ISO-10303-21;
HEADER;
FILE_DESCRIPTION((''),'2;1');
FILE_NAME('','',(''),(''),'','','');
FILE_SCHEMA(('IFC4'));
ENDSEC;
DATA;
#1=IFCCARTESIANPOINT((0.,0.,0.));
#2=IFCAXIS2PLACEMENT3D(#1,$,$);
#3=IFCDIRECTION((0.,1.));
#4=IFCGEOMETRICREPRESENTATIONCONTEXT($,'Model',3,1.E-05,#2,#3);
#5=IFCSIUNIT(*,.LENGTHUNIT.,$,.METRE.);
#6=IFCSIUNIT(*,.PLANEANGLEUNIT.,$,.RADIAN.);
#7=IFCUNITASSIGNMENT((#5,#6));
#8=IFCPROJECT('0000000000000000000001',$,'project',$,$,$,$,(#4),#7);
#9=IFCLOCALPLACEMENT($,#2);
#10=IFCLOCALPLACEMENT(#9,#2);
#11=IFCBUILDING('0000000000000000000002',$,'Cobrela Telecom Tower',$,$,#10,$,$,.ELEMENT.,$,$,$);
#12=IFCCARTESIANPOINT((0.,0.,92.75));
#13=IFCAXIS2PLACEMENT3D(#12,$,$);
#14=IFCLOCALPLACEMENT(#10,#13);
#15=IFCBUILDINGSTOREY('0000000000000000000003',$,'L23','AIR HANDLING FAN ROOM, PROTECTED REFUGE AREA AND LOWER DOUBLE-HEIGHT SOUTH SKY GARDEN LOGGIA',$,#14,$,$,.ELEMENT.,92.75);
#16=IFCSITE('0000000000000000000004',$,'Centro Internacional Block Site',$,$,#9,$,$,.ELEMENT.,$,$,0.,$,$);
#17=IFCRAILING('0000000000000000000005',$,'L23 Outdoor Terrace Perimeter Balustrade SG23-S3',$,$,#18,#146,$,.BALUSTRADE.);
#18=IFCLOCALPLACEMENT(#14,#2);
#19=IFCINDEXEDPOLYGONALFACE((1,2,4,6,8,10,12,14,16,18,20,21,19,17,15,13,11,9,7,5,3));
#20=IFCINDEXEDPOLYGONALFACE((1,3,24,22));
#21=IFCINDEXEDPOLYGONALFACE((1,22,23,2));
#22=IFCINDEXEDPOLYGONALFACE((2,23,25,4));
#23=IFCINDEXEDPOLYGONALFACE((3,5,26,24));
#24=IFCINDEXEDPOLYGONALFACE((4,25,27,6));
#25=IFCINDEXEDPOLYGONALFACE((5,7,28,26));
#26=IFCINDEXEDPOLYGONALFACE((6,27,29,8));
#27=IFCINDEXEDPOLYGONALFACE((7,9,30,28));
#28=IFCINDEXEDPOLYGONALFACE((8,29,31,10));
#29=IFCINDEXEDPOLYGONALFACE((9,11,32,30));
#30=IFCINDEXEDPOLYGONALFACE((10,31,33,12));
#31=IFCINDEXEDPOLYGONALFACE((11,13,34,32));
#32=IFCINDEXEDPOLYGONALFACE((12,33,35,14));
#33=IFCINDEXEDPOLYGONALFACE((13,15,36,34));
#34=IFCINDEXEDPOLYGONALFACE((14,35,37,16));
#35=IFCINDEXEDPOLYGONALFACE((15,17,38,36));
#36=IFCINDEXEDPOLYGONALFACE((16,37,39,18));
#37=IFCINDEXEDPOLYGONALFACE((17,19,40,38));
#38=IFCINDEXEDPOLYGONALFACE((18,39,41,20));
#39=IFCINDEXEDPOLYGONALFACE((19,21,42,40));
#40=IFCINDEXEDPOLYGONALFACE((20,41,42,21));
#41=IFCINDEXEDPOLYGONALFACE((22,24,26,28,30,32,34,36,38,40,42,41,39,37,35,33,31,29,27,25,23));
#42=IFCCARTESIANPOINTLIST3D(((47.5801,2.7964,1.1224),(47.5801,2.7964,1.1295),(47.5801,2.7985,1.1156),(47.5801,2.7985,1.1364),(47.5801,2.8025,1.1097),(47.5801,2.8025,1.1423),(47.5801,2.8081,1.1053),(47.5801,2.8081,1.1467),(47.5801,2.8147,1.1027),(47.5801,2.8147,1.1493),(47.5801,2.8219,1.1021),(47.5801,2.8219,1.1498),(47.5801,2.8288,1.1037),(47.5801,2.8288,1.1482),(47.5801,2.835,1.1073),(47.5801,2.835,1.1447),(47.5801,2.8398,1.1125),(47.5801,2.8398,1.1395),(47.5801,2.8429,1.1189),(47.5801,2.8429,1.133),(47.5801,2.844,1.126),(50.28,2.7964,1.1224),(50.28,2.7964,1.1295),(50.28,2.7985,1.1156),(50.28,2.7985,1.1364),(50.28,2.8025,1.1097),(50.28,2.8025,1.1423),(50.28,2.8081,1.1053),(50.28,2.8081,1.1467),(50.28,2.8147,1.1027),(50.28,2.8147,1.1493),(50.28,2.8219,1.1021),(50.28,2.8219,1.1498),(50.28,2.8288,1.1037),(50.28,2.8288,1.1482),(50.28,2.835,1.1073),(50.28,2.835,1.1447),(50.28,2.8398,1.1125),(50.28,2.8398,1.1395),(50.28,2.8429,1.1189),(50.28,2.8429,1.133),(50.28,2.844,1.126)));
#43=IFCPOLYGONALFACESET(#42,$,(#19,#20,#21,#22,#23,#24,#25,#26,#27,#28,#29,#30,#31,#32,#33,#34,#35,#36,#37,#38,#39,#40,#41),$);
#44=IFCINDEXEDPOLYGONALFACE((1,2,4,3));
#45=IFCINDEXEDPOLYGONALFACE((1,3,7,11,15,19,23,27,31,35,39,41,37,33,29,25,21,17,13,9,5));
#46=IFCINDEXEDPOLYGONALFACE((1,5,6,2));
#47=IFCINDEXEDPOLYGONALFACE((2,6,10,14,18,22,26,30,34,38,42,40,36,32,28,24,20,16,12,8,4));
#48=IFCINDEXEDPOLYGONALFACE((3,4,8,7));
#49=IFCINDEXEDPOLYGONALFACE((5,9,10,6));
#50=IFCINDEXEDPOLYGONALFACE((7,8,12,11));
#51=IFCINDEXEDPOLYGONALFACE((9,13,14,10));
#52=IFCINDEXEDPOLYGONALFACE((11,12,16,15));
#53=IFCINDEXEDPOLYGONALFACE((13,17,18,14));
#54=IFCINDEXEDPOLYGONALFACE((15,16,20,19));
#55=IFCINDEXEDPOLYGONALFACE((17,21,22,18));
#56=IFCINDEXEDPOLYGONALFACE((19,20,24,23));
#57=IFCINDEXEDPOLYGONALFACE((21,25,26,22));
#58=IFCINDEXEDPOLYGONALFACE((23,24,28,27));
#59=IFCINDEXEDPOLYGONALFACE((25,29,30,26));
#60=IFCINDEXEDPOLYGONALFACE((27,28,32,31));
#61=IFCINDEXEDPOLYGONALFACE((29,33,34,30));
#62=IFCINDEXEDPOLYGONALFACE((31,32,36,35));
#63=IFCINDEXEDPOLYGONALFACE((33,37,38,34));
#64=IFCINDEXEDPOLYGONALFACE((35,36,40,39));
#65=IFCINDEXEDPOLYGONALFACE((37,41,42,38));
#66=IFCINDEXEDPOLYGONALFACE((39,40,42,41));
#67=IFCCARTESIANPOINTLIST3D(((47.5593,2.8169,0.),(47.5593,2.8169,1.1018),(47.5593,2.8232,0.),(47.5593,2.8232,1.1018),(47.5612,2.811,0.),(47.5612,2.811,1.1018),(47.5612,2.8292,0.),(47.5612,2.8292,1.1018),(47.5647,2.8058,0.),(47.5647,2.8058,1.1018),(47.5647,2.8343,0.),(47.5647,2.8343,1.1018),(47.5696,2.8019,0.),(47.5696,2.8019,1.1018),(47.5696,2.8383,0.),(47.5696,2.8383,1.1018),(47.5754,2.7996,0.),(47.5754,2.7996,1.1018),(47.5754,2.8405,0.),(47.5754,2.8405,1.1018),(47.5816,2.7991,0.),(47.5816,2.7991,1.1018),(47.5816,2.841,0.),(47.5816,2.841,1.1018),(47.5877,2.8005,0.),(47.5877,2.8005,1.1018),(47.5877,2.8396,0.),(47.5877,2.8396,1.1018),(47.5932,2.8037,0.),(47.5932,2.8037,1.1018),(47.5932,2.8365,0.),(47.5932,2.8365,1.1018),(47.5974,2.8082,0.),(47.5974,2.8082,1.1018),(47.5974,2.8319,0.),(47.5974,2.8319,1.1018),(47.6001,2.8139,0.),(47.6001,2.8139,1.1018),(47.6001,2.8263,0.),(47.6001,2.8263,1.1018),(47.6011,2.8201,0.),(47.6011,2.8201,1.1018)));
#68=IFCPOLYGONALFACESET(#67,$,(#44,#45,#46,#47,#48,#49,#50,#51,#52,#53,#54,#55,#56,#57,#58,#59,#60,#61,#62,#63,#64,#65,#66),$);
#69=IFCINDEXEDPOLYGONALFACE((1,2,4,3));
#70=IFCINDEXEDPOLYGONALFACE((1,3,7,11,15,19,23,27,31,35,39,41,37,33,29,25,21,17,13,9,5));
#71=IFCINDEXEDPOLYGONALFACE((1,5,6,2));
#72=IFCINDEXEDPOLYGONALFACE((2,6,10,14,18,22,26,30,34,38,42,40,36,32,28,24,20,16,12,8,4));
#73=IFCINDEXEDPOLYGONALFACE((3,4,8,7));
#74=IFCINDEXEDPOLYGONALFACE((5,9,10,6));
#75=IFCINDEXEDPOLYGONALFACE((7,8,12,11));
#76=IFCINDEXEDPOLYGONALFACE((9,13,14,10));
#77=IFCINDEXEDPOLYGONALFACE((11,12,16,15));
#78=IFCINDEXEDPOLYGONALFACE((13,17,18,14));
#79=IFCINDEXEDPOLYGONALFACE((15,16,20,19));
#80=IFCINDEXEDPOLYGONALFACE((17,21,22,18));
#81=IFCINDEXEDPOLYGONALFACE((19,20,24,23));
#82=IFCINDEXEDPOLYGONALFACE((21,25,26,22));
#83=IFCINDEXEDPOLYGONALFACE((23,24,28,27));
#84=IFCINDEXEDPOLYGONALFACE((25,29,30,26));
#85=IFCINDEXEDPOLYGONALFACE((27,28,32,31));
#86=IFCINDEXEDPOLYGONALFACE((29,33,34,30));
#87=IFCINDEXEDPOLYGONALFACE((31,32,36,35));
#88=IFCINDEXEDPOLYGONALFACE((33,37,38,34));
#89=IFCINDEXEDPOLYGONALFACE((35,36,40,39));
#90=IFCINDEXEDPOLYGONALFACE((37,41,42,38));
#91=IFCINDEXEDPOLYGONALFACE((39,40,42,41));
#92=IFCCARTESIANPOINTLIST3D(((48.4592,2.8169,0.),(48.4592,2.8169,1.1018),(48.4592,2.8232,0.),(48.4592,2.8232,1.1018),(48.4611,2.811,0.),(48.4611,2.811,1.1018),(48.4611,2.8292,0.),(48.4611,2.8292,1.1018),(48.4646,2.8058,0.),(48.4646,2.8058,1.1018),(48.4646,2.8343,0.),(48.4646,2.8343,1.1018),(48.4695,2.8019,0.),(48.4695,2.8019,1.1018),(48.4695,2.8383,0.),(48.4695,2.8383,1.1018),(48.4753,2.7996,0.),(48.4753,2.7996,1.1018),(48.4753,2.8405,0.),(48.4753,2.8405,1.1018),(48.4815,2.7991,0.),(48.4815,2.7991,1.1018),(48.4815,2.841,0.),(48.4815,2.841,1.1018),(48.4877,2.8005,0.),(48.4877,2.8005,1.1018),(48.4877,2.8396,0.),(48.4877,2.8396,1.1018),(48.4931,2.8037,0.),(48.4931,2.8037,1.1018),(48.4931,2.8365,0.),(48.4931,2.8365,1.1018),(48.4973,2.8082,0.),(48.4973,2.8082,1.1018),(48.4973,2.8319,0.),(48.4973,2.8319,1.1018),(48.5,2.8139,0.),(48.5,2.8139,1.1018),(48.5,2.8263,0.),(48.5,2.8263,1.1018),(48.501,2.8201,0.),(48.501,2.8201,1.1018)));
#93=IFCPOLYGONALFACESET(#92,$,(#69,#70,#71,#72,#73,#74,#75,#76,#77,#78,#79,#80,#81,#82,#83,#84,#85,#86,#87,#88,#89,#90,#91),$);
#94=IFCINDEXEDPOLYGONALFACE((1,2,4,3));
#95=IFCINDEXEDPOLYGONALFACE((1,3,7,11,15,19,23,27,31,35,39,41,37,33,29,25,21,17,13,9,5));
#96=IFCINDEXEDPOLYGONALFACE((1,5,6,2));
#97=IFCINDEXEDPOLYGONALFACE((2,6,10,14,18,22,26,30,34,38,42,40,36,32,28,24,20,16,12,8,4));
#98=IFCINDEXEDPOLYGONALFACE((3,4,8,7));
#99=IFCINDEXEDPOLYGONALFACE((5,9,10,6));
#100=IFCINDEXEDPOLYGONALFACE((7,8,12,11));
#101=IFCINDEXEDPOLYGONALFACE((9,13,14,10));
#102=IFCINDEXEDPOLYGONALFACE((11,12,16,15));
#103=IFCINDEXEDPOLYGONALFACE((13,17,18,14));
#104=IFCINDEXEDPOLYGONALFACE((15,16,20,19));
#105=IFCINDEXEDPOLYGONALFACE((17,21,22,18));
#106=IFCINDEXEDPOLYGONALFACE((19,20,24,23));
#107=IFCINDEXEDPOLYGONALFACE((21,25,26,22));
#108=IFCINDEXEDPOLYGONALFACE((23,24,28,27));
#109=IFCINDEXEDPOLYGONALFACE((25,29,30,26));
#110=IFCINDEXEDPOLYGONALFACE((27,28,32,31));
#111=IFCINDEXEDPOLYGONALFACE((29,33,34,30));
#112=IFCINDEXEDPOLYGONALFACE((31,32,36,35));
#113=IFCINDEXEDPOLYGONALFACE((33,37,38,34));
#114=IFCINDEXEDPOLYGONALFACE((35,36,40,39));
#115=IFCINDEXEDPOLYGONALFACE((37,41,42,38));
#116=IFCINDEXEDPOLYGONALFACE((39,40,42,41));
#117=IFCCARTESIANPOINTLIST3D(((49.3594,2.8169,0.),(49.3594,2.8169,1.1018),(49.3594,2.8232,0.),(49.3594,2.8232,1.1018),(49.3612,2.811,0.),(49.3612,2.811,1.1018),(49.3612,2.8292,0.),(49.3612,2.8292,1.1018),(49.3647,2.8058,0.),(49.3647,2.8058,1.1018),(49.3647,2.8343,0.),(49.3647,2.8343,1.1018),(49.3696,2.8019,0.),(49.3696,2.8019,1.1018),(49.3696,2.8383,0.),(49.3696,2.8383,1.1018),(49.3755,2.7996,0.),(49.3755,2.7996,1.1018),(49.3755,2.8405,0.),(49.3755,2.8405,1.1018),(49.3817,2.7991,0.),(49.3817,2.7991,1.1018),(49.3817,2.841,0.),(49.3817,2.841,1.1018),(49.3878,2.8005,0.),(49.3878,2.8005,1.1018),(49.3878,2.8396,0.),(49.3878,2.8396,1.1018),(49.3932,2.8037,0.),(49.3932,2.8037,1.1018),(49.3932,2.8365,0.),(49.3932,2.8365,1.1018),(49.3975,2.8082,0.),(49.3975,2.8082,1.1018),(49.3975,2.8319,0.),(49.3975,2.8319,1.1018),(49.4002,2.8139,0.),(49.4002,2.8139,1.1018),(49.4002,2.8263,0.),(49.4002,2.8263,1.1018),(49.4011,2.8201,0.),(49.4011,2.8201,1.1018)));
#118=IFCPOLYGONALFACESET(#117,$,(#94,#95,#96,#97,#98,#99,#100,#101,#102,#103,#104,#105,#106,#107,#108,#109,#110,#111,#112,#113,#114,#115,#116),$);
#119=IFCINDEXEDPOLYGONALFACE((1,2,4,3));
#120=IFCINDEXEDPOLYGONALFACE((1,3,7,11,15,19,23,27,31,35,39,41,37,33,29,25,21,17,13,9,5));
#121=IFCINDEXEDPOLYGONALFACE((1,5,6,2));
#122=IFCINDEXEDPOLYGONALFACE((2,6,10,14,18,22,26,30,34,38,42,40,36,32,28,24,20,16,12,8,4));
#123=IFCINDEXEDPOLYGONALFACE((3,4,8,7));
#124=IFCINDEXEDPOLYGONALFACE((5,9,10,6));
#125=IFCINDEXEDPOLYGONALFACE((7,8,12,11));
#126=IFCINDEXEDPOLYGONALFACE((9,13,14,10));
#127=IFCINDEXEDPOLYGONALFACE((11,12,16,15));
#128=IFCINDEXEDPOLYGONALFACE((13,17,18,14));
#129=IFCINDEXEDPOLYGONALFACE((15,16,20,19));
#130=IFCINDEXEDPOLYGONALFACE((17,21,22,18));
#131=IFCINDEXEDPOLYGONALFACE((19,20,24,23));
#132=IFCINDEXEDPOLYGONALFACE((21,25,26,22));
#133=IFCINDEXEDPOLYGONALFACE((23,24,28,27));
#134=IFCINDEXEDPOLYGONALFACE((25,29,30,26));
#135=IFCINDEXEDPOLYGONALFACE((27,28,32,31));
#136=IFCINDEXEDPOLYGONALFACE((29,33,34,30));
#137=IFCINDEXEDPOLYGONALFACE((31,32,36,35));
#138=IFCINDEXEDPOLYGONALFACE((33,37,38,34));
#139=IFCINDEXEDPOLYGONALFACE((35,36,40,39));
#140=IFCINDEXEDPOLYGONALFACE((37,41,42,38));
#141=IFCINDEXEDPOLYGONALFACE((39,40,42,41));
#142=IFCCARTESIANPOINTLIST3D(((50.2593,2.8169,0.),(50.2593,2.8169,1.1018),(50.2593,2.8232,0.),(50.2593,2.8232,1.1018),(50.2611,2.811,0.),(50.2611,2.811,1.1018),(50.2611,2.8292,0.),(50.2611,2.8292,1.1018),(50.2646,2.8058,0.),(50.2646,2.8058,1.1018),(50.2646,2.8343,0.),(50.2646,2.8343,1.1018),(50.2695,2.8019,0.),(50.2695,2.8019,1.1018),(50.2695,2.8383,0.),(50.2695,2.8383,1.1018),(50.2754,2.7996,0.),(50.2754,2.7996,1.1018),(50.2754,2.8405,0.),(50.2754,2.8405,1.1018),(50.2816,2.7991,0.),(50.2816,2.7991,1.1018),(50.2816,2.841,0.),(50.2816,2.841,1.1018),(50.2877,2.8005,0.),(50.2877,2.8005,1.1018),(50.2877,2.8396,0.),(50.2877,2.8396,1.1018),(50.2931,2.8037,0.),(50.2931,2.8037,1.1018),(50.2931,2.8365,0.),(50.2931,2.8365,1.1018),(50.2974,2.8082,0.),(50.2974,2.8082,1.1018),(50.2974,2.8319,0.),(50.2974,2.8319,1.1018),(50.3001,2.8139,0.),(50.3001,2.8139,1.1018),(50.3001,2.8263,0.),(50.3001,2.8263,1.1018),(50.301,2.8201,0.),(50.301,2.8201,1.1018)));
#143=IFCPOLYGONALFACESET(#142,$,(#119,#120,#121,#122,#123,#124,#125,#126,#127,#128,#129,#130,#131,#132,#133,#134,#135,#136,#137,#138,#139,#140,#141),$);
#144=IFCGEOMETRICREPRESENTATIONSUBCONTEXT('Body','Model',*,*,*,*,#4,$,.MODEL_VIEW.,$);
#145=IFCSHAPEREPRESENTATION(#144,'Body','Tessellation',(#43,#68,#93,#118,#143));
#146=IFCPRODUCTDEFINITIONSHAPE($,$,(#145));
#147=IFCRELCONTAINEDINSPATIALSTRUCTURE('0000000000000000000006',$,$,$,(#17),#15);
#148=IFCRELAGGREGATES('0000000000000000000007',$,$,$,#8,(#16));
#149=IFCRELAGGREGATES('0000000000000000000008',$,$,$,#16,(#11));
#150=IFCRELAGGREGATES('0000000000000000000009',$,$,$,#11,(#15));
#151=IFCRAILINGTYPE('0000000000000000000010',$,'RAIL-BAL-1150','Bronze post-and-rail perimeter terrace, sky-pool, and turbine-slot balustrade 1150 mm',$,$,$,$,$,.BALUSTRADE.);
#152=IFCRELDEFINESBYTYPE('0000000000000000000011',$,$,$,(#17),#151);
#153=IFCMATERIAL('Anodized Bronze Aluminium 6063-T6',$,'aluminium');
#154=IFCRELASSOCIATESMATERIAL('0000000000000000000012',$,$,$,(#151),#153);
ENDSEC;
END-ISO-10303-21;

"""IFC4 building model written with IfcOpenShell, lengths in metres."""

from ifc_helpers import new_model, si_unit, direction, frame, origin, origin_2d, place, context, subcontext, project, spatial, circle, extrude, material, type_object, element, save


model = new_model("IFC4")

# Units and contexts
model_context = context("Model", 3, precision=1e-05, world=origin(), true_north=direction((0.0, 1.0)))
body_context = subcontext(model_context, "Body", "Model", "MODEL_VIEW")
ifc_project = project(units=[si_unit("LENGTHUNIT", "METRE"), si_unit("PLANEANGLEUNIT", "RADIAN")], contexts=[model_context])

# Site, building, storey
site_placement = place(None, origin())
site = spatial("IfcSite", under=ifc_project, at=site_placement, Name="Centro Internacional Block Site", CompositionType="ELEMENT", RefElevation=0.0)
building_placement = place(site_placement, origin())
building = spatial("IfcBuilding", under=site, at=building_placement, Name="Cobrela Telecom Tower", CompositionType="ELEMENT")
storey_placement = place(building_placement, frame((0.0, 0.0, 92.75)))
storey = spatial("IfcBuildingStorey", under=building, at=storey_placement, Name="L23", Description="AIR HANDLING FAN ROOM, PROTECTED REFUGE AREA AND LOWER DOUBLE-HEIGHT SOUTH SKY GARDEN LOGGIA", CompositionType="ELEMENT", Elevation=92.75)

# Shared definitions
ifc_material_1 = material(Name="Anodized Bronze Aluminium 6063-T6", Category="aluminium")

# Railing
railing_type = type_object("IfcRailingType", Name="RAIL-BAL-1150", Description="Bronze post-and-rail perimeter terrace, sky-pool, and turbine-slot balustrade 1150 mm", PredefinedType="BALUSTRADE", material=ifc_material_1)
railing_1_placement = place(storey_placement, frame((47.5801, 2.8201, 0.0)))
element("IfcRailing", 1, at=railing_1_placement, inside=storey, type_object=railing_type, Name="L23 Outdoor Terrace Perimeter Balustrade SG23-S3", PredefinedType="BALUSTRADE", context=body_context, shape_type="SweptSolid", body=[
    extrude(circle(Radius=0.0239, at=origin_2d()), frame((0.0, 0.0, 1.126), z_axis=(1.0, 0.0, 0.0), x_axis=(0.0, 1.0, 0.0)), (0.0, 0.0, 1.0), 2.7),
    extrude(circle(Radius=0.021, at=origin_2d()), origin(), (0.0, 0.0, 1.0), 1.1018),
    extrude(circle(Radius=0.021, at=origin_2d()), frame((0.8999, 0.0, 0.0)), (0.0, 0.0, 1.0), 1.1018),
    extrude(circle(Radius=0.021, at=origin_2d()), frame((1.8, 0.0, 0.0)), (0.0, 0.0, 1.0), 1.1018),
    extrude(circle(Radius=0.021, at=origin_2d()), frame((2.7, 0.0, 0.0)), (0.0, 0.0, 1.0), 1.1018),
])

save(model, "model.ifc")
